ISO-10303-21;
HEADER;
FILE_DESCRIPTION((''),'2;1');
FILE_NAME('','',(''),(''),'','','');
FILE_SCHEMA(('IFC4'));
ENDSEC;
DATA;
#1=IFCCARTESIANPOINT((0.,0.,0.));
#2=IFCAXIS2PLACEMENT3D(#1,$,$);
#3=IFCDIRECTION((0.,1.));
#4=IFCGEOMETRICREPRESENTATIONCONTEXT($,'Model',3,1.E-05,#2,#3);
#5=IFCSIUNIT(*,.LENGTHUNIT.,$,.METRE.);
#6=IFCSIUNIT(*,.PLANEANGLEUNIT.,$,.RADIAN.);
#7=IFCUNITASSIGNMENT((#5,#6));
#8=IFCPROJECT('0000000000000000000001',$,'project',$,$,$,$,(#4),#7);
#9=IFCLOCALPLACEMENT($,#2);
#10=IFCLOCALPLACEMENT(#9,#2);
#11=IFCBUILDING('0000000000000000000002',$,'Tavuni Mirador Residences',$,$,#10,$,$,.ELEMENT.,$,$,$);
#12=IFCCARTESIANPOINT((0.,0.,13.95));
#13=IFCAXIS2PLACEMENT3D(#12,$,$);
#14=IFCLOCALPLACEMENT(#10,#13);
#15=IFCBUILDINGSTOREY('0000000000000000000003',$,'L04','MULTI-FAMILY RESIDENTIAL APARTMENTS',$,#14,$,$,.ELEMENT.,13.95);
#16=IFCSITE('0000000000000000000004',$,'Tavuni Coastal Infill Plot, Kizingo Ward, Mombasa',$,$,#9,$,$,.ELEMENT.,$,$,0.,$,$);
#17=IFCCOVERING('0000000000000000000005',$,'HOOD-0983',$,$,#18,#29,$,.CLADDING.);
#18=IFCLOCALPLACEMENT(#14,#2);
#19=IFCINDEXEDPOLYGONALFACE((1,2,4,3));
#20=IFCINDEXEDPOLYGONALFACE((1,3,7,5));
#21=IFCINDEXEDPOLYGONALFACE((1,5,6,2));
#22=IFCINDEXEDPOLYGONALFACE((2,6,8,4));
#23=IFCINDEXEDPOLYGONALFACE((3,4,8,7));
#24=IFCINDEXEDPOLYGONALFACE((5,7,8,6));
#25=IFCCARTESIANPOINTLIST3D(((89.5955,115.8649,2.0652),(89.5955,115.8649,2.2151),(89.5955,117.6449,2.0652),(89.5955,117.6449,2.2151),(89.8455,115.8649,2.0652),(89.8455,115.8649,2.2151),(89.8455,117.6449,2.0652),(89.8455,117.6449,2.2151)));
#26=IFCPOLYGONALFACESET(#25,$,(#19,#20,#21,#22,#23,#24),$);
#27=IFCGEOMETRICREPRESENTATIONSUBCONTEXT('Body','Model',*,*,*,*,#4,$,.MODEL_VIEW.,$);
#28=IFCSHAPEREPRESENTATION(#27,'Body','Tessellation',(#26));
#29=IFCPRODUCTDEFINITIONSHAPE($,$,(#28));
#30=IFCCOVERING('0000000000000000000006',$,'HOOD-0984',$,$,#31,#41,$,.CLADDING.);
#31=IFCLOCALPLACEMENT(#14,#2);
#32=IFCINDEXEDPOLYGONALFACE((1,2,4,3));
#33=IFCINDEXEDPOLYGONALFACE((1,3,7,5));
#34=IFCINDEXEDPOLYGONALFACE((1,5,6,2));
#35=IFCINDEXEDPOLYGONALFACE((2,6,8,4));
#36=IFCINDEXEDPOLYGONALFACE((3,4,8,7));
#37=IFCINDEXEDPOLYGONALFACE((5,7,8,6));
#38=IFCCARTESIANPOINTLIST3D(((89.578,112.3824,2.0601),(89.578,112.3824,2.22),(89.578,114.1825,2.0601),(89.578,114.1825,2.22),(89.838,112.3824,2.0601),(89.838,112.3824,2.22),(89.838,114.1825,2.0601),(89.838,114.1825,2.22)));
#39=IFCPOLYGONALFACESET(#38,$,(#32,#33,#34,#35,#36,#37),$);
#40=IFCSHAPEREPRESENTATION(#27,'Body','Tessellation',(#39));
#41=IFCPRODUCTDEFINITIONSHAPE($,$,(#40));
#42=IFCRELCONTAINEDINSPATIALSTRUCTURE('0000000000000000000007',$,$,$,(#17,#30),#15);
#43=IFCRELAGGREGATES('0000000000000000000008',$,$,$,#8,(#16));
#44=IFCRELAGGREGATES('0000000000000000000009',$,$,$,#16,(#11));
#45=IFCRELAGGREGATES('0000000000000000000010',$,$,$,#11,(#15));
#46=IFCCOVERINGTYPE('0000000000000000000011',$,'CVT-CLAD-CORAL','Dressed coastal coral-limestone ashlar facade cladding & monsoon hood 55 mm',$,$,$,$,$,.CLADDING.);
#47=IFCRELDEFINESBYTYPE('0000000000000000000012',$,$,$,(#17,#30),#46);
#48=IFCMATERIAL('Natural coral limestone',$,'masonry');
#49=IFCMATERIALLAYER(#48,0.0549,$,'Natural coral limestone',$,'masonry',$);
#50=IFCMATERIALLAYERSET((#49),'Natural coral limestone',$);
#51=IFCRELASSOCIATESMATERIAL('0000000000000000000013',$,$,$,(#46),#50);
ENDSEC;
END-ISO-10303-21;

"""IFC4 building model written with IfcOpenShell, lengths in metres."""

from ifc_helpers import new_model, si_unit, direction, frame, origin, origin_2d, place, context, subcontext, project, spatial, rectangle, extrude, material, layer, layer_set, type_object, element, save


model = new_model("IFC4")

# Units and contexts
model_context = context("Model", 3, precision=1e-05, world=origin(), true_north=direction((0.0, 1.0)))
body_context = subcontext(model_context, "Body", "Model", "MODEL_VIEW")
ifc_project = project(units=[si_unit("LENGTHUNIT", "METRE"), si_unit("PLANEANGLEUNIT", "RADIAN")], contexts=[model_context])

# Site, building, storey
site_placement = place(None, origin())
site = spatial("IfcSite", under=ifc_project, at=site_placement, Name="Tavuni Coastal Infill Plot, Kizingo Ward, Mombasa", CompositionType="ELEMENT", RefElevation=0.0)
building_placement = place(site_placement, origin())
building = spatial("IfcBuilding", under=site, at=building_placement, Name="Tavuni Mirador Residences", CompositionType="ELEMENT")
storey_placement = place(building_placement, frame((0.0, 0.0, 13.95)))
storey = spatial("IfcBuildingStorey", under=building, at=storey_placement, Name="L04", Description="MULTI-FAMILY RESIDENTIAL APARTMENTS", CompositionType="ELEMENT", Elevation=13.95)

# Coverings
ifc_material_1 = material(Name="Natural coral limestone", Category="masonry")
ifc_layer_1 = layer(ifc_material_1, 0.0549, Name="Natural coral limestone", Category="masonry")
ifc_layer_set_1 = layer_set([ifc_layer_1], Name="Natural coral limestone")
covering_type = type_object("IfcCoveringType", Name="CVT-CLAD-CORAL", Description="Dressed coastal coral-limestone ashlar facade cladding & monsoon hood 55 mm", PredefinedType="CLADDING", material=ifc_layer_set_1)
covering_1_placement = place(storey_placement, frame((89.7205, 116.7549, 2.0652), z_axis=(0.0, 0.0, 1.0), x_axis=(0.0, -1.0, 0.0)))
element("IfcCovering", 1, at=covering_1_placement, inside=storey, type_object=covering_type, Name="HOOD-0983", PredefinedType="CLADDING", context=body_context, shape_type="SweptSolid", body=[
    extrude(rectangle(XDim=1.78, YDim=0.25, at=origin_2d()), origin(), (0.0, 0.0, 1.0), 0.1499),
])
covering_2_placement = place(storey_placement, frame((89.708, 113.2825, 2.0601), z_axis=(0.0, 0.0, 1.0), x_axis=(0.0, -1.0, 0.0)))
element("IfcCovering", 2, at=covering_2_placement, inside=storey, type_object=covering_type, Name="HOOD-0984", PredefinedType="CLADDING", context=body_context, shape_type="SweptSolid", body=[
    extrude(rectangle(XDim=1.8, YDim=0.26, at=origin_2d()), origin(), (0.0, 0.0, 1.0), 0.1599),
])

save(model, "model.ifc")
